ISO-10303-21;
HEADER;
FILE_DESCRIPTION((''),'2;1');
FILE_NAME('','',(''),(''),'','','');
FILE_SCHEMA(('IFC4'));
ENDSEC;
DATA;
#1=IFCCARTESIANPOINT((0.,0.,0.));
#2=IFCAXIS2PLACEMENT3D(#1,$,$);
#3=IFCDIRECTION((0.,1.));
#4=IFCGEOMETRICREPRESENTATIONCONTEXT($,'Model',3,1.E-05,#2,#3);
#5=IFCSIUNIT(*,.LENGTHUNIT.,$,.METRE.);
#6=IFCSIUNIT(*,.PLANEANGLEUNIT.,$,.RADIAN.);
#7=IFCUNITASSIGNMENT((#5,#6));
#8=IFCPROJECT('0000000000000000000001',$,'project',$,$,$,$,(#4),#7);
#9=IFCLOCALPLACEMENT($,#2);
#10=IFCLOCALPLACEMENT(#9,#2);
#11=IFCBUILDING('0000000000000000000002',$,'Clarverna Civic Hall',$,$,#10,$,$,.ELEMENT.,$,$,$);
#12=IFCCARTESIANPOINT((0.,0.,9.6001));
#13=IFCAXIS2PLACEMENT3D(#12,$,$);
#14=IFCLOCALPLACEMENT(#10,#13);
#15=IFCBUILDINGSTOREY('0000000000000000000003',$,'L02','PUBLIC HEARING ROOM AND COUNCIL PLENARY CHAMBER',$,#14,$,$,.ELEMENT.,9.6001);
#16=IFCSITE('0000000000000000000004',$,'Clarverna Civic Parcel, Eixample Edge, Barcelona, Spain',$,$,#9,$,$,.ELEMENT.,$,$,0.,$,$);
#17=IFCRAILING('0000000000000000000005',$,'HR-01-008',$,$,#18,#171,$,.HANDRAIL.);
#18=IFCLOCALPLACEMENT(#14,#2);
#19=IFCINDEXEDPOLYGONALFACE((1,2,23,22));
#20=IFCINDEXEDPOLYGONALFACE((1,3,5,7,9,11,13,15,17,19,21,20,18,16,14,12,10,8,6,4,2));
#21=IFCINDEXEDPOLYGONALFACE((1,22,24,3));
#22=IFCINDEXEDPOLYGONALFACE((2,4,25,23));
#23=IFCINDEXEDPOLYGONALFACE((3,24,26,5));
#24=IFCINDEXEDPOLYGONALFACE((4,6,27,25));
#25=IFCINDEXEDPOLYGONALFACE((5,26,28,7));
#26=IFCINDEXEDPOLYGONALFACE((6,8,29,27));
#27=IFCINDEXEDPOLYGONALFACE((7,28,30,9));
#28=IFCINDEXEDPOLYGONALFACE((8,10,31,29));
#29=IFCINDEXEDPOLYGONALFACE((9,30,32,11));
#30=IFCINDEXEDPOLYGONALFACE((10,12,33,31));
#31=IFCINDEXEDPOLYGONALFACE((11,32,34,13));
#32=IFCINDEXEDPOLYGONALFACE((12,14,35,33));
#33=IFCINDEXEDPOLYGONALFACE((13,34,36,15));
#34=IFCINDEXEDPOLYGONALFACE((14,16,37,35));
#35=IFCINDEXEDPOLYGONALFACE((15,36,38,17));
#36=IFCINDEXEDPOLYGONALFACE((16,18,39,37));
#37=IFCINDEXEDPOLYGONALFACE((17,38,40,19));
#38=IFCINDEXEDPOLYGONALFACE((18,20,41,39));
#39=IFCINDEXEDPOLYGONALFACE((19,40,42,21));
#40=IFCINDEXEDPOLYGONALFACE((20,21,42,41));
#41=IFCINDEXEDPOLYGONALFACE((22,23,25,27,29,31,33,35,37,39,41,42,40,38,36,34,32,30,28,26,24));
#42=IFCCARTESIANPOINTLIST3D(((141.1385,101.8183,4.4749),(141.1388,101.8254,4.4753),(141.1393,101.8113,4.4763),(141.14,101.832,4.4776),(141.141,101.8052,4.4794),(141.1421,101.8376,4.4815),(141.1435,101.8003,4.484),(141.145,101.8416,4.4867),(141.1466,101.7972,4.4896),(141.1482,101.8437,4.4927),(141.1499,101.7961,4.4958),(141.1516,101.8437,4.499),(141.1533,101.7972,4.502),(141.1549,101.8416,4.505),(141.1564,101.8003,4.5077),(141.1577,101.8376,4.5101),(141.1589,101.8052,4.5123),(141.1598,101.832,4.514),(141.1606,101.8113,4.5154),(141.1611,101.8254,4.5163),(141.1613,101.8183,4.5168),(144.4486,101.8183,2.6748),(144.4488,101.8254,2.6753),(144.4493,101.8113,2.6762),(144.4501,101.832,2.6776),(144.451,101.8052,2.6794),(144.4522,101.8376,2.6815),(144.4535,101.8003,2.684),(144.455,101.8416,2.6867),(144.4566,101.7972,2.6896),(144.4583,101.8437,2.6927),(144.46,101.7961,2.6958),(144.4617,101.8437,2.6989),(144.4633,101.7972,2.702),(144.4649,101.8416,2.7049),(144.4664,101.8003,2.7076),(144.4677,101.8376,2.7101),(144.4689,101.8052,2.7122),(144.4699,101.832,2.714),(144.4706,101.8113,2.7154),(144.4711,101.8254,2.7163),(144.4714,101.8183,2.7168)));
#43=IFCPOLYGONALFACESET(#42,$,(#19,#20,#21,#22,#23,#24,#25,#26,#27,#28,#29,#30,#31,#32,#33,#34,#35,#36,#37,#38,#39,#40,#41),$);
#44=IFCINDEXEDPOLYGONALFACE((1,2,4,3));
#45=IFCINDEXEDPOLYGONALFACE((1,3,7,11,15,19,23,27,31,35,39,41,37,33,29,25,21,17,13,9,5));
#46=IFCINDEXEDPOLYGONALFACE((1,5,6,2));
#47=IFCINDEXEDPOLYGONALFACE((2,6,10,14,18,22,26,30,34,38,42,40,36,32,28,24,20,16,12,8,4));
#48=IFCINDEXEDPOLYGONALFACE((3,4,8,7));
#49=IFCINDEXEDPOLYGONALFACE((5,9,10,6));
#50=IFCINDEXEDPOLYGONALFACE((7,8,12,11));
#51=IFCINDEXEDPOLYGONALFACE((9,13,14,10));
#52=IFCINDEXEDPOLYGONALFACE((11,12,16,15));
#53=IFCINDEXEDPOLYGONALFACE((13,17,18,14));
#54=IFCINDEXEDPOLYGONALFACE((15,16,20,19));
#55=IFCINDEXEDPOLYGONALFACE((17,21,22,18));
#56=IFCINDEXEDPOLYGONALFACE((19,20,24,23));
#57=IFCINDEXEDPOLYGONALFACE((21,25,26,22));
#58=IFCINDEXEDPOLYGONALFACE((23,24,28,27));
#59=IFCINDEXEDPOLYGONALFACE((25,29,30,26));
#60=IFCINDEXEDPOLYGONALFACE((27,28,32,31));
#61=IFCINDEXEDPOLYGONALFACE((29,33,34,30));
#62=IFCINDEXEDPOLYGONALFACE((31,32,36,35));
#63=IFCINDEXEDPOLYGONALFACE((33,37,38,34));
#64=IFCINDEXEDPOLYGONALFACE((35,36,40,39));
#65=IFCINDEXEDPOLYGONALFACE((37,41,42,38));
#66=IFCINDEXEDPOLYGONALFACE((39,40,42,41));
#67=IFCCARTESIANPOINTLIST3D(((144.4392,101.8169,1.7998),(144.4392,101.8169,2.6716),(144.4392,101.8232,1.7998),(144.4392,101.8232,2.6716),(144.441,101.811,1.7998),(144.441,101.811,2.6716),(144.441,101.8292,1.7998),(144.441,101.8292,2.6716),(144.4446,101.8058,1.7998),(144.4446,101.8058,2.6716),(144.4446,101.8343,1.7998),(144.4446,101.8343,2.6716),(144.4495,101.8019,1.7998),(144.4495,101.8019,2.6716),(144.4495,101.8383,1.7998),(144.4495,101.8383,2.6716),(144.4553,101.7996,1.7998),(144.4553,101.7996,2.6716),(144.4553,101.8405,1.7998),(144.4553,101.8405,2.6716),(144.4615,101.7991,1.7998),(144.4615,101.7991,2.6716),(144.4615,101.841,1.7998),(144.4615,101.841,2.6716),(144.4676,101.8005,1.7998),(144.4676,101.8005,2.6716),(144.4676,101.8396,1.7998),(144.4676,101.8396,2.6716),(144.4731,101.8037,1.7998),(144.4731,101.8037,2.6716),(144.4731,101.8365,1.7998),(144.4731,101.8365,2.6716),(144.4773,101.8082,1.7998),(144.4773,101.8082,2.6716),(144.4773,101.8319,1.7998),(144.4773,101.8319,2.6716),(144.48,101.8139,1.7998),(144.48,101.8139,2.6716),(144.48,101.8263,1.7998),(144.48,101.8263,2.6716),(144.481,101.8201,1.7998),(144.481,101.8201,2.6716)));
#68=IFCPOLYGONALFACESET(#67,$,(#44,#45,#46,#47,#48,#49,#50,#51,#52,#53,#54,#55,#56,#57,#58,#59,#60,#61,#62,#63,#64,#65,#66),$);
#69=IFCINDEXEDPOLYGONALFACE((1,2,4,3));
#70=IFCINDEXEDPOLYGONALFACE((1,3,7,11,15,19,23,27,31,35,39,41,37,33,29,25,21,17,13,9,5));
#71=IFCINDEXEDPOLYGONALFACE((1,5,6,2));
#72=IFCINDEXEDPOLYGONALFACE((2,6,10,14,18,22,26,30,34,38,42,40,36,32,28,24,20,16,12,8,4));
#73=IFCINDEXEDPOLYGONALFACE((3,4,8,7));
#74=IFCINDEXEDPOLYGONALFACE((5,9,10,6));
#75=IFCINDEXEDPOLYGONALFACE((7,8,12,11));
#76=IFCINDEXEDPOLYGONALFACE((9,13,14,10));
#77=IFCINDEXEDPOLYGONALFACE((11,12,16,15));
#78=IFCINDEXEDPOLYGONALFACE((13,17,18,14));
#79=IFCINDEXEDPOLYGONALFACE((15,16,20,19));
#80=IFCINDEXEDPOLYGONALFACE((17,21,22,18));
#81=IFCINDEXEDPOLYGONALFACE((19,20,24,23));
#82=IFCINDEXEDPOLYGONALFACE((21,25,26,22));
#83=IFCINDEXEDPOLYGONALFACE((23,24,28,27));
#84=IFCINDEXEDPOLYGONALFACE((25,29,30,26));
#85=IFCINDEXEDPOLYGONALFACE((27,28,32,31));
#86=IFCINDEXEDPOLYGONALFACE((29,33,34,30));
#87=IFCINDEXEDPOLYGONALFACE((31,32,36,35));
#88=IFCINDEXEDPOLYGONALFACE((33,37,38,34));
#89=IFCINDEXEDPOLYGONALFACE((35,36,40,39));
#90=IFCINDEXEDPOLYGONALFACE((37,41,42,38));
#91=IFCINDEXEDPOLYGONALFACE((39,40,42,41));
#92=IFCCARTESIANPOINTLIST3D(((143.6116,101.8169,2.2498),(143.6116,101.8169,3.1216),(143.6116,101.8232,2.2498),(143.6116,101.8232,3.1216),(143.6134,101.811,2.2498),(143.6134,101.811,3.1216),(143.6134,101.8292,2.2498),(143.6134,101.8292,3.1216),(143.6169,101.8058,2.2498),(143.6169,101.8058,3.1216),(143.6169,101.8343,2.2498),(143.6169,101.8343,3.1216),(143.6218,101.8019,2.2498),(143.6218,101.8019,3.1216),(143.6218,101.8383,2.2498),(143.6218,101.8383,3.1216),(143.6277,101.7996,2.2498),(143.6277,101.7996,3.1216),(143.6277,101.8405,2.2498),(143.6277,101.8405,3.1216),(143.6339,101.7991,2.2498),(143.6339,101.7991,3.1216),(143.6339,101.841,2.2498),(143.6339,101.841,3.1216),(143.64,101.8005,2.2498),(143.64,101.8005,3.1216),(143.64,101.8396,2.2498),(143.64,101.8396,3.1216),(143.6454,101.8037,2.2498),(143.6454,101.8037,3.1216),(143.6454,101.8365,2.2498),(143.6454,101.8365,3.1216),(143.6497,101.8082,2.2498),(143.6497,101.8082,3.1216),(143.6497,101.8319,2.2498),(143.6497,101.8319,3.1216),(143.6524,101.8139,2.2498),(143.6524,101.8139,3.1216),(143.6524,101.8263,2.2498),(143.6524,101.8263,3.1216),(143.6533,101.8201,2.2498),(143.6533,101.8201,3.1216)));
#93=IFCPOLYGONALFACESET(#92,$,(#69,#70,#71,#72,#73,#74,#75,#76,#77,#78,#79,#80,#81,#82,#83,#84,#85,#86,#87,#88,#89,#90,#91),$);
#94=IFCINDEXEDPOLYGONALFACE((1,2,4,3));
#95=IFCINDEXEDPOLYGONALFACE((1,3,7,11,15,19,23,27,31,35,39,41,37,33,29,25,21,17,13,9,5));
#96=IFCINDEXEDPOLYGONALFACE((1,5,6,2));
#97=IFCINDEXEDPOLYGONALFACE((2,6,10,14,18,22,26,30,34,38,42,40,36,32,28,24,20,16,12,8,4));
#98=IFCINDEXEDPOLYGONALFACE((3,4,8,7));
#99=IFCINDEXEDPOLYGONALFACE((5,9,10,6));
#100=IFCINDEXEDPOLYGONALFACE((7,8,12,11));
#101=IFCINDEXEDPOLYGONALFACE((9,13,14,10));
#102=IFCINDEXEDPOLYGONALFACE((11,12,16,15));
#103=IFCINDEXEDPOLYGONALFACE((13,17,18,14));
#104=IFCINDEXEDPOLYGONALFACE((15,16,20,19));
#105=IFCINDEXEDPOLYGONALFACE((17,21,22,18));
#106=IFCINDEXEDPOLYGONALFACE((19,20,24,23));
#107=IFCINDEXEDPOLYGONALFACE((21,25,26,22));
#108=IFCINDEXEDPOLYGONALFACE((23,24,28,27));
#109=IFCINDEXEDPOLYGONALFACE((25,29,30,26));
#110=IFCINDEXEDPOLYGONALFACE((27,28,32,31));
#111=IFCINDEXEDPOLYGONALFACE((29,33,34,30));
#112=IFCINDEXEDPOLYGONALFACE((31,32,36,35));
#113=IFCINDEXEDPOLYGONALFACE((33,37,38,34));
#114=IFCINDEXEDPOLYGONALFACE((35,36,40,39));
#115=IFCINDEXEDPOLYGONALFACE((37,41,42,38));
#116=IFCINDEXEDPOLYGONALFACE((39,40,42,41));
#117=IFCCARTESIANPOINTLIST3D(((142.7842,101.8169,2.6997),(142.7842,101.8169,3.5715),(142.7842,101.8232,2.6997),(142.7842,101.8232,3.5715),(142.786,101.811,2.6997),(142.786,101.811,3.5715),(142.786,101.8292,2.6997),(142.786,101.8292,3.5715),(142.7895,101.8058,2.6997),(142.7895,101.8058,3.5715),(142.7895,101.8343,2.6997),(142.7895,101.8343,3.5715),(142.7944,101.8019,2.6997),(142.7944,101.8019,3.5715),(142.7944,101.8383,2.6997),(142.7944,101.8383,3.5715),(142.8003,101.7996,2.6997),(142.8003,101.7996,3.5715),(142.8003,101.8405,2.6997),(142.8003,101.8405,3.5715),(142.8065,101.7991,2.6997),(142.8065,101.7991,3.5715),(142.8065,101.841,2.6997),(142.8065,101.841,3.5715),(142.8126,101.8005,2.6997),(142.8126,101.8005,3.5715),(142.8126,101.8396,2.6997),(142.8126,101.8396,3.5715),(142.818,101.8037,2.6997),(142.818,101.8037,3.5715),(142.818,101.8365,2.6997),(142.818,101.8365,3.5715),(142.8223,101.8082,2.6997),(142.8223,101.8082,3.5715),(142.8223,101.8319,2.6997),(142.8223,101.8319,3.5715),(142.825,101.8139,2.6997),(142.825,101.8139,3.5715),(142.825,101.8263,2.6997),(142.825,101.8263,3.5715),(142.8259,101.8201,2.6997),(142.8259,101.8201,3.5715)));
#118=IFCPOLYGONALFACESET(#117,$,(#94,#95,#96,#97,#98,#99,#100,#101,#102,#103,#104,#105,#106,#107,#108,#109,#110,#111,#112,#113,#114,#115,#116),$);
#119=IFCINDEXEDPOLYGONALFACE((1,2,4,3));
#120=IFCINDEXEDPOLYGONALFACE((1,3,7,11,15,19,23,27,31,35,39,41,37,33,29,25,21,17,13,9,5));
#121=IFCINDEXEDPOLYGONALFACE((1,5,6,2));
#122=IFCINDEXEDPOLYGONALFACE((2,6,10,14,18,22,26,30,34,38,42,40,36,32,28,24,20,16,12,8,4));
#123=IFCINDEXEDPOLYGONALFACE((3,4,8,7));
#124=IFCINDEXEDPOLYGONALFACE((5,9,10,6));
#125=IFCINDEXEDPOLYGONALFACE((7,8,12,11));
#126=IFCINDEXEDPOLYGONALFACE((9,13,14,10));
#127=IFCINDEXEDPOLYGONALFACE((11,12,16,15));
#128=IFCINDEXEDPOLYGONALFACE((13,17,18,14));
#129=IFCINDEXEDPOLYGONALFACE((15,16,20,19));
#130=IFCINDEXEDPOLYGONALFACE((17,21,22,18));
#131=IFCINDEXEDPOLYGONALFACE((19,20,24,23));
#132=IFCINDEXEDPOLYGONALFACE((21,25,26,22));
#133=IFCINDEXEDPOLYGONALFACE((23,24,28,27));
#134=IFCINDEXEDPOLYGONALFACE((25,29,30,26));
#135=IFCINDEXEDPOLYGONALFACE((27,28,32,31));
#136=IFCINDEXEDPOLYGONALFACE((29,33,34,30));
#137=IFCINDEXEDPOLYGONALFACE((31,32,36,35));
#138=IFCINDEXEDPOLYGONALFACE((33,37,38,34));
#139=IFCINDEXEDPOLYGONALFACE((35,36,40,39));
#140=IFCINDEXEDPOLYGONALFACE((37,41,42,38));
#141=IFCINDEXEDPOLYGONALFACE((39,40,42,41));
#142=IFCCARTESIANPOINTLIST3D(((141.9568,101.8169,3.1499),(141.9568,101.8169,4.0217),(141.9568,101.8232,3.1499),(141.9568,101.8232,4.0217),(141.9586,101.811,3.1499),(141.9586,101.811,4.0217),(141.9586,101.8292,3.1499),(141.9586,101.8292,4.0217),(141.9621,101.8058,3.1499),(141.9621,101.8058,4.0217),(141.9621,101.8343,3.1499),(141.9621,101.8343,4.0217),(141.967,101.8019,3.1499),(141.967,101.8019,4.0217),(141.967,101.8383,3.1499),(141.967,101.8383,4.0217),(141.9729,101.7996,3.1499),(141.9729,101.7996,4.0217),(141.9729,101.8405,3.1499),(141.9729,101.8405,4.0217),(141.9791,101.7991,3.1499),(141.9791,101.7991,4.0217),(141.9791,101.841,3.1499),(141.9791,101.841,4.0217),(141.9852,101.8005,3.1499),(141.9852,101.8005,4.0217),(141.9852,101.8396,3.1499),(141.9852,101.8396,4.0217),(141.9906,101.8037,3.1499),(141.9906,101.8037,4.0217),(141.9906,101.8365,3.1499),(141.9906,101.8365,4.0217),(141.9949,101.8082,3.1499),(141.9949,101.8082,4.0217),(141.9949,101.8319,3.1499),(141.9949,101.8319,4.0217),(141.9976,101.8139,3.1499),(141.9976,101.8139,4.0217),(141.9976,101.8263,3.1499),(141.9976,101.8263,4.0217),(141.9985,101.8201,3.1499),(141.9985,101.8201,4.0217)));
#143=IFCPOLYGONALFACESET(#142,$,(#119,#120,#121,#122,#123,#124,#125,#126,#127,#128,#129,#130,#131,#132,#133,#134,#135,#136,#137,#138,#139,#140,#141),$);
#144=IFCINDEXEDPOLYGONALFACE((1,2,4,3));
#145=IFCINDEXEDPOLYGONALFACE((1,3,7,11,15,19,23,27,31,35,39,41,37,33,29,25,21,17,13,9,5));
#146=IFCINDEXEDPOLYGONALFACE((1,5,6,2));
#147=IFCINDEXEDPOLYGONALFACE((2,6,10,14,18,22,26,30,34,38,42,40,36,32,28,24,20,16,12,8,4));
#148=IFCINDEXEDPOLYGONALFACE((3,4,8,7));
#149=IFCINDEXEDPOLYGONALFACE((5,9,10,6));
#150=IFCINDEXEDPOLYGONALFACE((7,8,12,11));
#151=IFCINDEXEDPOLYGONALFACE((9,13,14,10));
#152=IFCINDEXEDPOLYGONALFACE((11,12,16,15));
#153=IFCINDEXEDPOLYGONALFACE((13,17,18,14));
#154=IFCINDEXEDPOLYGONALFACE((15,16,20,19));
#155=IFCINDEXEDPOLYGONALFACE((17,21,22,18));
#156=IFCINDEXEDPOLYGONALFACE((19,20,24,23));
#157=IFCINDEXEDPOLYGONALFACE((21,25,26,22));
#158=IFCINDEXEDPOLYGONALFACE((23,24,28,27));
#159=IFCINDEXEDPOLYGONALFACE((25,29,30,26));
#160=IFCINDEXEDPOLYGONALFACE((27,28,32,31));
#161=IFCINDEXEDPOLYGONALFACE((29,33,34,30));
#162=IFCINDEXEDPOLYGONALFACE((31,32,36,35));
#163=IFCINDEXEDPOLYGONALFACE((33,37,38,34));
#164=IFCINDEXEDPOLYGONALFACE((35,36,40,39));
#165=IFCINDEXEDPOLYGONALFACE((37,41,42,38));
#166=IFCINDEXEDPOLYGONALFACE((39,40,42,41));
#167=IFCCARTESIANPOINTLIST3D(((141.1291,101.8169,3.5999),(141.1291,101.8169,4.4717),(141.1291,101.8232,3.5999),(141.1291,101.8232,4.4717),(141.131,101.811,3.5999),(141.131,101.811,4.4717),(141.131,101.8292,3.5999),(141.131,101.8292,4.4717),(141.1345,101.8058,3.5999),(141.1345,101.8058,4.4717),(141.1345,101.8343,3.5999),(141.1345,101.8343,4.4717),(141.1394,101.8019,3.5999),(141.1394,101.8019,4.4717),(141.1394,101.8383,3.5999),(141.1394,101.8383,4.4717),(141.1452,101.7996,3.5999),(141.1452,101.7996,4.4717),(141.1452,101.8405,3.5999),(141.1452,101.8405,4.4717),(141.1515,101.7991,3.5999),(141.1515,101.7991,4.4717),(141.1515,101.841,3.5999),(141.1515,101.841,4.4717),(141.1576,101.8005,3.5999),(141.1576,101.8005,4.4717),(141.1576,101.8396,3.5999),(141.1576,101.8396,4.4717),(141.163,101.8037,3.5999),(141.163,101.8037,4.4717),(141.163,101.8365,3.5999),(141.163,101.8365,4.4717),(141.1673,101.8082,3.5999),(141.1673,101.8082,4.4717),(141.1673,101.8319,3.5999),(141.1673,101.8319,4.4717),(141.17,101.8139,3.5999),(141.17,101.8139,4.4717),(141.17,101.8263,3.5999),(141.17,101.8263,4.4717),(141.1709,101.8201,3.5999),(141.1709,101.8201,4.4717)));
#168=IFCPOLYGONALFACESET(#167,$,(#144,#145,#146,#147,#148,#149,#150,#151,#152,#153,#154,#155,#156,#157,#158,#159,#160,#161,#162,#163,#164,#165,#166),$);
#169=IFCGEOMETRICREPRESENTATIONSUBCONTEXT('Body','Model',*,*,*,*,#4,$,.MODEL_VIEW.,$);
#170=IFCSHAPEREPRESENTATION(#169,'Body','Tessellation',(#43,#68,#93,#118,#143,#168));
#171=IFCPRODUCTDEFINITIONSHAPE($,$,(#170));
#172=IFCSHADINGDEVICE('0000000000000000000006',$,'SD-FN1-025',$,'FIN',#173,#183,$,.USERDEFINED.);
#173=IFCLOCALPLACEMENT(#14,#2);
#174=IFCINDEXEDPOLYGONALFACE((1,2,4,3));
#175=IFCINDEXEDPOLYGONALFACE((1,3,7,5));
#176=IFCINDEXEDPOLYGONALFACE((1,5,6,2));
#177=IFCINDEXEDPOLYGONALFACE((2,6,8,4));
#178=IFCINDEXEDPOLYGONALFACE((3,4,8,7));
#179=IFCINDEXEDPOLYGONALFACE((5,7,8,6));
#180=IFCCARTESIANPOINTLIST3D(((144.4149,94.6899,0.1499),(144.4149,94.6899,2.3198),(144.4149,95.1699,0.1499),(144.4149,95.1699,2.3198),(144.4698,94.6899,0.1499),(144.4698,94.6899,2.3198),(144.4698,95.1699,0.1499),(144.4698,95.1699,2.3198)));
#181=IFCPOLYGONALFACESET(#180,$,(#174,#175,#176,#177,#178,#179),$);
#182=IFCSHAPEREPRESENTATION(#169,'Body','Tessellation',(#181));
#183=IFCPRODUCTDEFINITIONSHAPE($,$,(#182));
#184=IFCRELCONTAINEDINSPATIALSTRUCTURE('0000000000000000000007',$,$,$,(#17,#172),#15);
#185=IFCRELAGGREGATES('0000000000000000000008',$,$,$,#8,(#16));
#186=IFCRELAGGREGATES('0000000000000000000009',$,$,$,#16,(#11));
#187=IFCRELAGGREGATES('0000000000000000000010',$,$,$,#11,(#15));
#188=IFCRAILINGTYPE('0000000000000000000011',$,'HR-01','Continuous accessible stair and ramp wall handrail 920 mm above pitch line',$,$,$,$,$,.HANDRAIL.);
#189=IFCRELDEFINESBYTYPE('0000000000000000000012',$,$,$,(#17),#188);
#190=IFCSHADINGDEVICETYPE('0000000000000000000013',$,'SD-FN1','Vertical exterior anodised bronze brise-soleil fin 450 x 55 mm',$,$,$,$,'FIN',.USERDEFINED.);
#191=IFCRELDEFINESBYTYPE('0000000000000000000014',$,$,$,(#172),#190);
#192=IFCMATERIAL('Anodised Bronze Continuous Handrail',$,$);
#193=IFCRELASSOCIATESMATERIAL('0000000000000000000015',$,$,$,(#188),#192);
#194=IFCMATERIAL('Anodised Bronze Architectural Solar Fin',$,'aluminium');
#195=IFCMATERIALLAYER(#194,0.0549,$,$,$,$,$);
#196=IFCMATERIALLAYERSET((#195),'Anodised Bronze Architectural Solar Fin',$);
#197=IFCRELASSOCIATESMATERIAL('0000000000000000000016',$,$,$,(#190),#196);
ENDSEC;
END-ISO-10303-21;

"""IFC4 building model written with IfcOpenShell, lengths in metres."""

from ifc_helpers import new_model, si_unit, direction, frame, frame_2d, origin, origin_2d, place, context, subcontext, project, spatial, rectangle, circle, extrude, material, layer, layer_set, type_object, element, save


model = new_model("IFC4")

# Units and contexts
model_context = context("Model", 3, precision=1e-05, world=origin(), true_north=direction((0.0, 1.0)))
body_context = subcontext(model_context, "Body", "Model", "MODEL_VIEW")
ifc_project = project(units=[si_unit("LENGTHUNIT", "METRE"), si_unit("PLANEANGLEUNIT", "RADIAN")], contexts=[model_context])

# Site, building, storey
site_placement = place(None, origin())
site = spatial("IfcSite", under=ifc_project, at=site_placement, Name="Clarverna Civic Parcel, Eixample Edge, Barcelona, Spain", CompositionType="ELEMENT", RefElevation=0.0)
building_placement = place(site_placement, origin())
building = spatial("IfcBuilding", under=site, at=building_placement, Name="Clarverna Civic Hall", CompositionType="ELEMENT")
storey_placement = place(building_placement, frame((0.0, 0.0, 9.6001)))
storey = spatial("IfcBuildingStorey", under=building, at=storey_placement, Name="L02", Description="PUBLIC HEARING ROOM AND COUNCIL PLENARY CHAMBER", CompositionType="ELEMENT", Elevation=9.6001)

# Railing
ifc_material_1 = material(Name="Anodised Bronze Continuous Handrail")
railing_type_1 = type_object("IfcRailingType", Name="HR-01", Description="Continuous accessible stair and ramp wall handrail 920 mm above pitch line", PredefinedType="HANDRAIL", material=ifc_material_1)
railing_1_placement = place(storey_placement, frame((144.46, 101.8201, 1.7998)))
element("IfcRailing", 1, at=railing_1_placement, inside=storey, type_object=railing_type_1, Name="HR-01-008", PredefinedType="HANDRAIL", context=body_context, shape_type="SweptSolid", body=[
    extrude(circle(Radius=0.0239, at=origin_2d()), frame((0.0, 0.0, 0.896), z_axis=(-0.878502, 0.0, 0.477739), x_axis=(0.0, -1.0, 0.0)), (0.0, 0.0, 1.0), 3.7678),
    extrude(circle(Radius=0.021, at=origin_2d()), origin(), (0.0, 0.0, 1.0), 0.8718),
    extrude(circle(Radius=0.021, at=origin_2d()), frame((-0.8276, 0.0, 0.45)), (0.0, 0.0, 1.0), 0.8718),
    extrude(circle(Radius=0.021, at=origin_2d()), frame((-1.655, 0.0, 0.8999)), (0.0, 0.0, 1.0), 0.8718),
    extrude(circle(Radius=0.021, at=origin_2d()), frame((-2.4824, 0.0, 1.3501)), (0.0, 0.0, 1.0), 0.8718),
    extrude(circle(Radius=0.021, at=origin_2d()), frame((-3.3101, 0.0, 1.8)), (0.0, 0.0, 1.0), 0.8718),
])

# Shading device
ifc_material_2 = material(Name="Anodised Bronze Architectural Solar Fin", Category="aluminium")
ifc_layer_1 = layer(ifc_material_2, 0.0549)
ifc_layer_set_1 = layer_set([ifc_layer_1], Name="Anodised Bronze Architectural Solar Fin")
shading_device_type = type_object("IfcShadingDeviceType", Name="SD-FN1", Description="Vertical exterior anodised bronze brise-soleil fin 450 x 55 mm", ElementType="FIN", PredefinedType="USERDEFINED", material=ifc_layer_set_1)
shading_device_placement = place(storey_placement, frame((144.4424, 95.1699, 0.1499), z_axis=(0.0, 0.0, 1.0), x_axis=(0.0, -1.0, 0.0)))
element("IfcShadingDevice", 2, at=shading_device_placement, inside=storey, type_object=shading_device_type, Name="SD-FN1-025", ObjectType="FIN", PredefinedType="USERDEFINED", context=body_context, shape_type="SweptSolid", body=[
    extrude(rectangle(XDim=0.48, YDim=0.0549, at=frame_2d((0.24, 0.0))), origin(), (0.0, 0.0, 1.0), 2.1699),
])

save(model, "model.ifc")
